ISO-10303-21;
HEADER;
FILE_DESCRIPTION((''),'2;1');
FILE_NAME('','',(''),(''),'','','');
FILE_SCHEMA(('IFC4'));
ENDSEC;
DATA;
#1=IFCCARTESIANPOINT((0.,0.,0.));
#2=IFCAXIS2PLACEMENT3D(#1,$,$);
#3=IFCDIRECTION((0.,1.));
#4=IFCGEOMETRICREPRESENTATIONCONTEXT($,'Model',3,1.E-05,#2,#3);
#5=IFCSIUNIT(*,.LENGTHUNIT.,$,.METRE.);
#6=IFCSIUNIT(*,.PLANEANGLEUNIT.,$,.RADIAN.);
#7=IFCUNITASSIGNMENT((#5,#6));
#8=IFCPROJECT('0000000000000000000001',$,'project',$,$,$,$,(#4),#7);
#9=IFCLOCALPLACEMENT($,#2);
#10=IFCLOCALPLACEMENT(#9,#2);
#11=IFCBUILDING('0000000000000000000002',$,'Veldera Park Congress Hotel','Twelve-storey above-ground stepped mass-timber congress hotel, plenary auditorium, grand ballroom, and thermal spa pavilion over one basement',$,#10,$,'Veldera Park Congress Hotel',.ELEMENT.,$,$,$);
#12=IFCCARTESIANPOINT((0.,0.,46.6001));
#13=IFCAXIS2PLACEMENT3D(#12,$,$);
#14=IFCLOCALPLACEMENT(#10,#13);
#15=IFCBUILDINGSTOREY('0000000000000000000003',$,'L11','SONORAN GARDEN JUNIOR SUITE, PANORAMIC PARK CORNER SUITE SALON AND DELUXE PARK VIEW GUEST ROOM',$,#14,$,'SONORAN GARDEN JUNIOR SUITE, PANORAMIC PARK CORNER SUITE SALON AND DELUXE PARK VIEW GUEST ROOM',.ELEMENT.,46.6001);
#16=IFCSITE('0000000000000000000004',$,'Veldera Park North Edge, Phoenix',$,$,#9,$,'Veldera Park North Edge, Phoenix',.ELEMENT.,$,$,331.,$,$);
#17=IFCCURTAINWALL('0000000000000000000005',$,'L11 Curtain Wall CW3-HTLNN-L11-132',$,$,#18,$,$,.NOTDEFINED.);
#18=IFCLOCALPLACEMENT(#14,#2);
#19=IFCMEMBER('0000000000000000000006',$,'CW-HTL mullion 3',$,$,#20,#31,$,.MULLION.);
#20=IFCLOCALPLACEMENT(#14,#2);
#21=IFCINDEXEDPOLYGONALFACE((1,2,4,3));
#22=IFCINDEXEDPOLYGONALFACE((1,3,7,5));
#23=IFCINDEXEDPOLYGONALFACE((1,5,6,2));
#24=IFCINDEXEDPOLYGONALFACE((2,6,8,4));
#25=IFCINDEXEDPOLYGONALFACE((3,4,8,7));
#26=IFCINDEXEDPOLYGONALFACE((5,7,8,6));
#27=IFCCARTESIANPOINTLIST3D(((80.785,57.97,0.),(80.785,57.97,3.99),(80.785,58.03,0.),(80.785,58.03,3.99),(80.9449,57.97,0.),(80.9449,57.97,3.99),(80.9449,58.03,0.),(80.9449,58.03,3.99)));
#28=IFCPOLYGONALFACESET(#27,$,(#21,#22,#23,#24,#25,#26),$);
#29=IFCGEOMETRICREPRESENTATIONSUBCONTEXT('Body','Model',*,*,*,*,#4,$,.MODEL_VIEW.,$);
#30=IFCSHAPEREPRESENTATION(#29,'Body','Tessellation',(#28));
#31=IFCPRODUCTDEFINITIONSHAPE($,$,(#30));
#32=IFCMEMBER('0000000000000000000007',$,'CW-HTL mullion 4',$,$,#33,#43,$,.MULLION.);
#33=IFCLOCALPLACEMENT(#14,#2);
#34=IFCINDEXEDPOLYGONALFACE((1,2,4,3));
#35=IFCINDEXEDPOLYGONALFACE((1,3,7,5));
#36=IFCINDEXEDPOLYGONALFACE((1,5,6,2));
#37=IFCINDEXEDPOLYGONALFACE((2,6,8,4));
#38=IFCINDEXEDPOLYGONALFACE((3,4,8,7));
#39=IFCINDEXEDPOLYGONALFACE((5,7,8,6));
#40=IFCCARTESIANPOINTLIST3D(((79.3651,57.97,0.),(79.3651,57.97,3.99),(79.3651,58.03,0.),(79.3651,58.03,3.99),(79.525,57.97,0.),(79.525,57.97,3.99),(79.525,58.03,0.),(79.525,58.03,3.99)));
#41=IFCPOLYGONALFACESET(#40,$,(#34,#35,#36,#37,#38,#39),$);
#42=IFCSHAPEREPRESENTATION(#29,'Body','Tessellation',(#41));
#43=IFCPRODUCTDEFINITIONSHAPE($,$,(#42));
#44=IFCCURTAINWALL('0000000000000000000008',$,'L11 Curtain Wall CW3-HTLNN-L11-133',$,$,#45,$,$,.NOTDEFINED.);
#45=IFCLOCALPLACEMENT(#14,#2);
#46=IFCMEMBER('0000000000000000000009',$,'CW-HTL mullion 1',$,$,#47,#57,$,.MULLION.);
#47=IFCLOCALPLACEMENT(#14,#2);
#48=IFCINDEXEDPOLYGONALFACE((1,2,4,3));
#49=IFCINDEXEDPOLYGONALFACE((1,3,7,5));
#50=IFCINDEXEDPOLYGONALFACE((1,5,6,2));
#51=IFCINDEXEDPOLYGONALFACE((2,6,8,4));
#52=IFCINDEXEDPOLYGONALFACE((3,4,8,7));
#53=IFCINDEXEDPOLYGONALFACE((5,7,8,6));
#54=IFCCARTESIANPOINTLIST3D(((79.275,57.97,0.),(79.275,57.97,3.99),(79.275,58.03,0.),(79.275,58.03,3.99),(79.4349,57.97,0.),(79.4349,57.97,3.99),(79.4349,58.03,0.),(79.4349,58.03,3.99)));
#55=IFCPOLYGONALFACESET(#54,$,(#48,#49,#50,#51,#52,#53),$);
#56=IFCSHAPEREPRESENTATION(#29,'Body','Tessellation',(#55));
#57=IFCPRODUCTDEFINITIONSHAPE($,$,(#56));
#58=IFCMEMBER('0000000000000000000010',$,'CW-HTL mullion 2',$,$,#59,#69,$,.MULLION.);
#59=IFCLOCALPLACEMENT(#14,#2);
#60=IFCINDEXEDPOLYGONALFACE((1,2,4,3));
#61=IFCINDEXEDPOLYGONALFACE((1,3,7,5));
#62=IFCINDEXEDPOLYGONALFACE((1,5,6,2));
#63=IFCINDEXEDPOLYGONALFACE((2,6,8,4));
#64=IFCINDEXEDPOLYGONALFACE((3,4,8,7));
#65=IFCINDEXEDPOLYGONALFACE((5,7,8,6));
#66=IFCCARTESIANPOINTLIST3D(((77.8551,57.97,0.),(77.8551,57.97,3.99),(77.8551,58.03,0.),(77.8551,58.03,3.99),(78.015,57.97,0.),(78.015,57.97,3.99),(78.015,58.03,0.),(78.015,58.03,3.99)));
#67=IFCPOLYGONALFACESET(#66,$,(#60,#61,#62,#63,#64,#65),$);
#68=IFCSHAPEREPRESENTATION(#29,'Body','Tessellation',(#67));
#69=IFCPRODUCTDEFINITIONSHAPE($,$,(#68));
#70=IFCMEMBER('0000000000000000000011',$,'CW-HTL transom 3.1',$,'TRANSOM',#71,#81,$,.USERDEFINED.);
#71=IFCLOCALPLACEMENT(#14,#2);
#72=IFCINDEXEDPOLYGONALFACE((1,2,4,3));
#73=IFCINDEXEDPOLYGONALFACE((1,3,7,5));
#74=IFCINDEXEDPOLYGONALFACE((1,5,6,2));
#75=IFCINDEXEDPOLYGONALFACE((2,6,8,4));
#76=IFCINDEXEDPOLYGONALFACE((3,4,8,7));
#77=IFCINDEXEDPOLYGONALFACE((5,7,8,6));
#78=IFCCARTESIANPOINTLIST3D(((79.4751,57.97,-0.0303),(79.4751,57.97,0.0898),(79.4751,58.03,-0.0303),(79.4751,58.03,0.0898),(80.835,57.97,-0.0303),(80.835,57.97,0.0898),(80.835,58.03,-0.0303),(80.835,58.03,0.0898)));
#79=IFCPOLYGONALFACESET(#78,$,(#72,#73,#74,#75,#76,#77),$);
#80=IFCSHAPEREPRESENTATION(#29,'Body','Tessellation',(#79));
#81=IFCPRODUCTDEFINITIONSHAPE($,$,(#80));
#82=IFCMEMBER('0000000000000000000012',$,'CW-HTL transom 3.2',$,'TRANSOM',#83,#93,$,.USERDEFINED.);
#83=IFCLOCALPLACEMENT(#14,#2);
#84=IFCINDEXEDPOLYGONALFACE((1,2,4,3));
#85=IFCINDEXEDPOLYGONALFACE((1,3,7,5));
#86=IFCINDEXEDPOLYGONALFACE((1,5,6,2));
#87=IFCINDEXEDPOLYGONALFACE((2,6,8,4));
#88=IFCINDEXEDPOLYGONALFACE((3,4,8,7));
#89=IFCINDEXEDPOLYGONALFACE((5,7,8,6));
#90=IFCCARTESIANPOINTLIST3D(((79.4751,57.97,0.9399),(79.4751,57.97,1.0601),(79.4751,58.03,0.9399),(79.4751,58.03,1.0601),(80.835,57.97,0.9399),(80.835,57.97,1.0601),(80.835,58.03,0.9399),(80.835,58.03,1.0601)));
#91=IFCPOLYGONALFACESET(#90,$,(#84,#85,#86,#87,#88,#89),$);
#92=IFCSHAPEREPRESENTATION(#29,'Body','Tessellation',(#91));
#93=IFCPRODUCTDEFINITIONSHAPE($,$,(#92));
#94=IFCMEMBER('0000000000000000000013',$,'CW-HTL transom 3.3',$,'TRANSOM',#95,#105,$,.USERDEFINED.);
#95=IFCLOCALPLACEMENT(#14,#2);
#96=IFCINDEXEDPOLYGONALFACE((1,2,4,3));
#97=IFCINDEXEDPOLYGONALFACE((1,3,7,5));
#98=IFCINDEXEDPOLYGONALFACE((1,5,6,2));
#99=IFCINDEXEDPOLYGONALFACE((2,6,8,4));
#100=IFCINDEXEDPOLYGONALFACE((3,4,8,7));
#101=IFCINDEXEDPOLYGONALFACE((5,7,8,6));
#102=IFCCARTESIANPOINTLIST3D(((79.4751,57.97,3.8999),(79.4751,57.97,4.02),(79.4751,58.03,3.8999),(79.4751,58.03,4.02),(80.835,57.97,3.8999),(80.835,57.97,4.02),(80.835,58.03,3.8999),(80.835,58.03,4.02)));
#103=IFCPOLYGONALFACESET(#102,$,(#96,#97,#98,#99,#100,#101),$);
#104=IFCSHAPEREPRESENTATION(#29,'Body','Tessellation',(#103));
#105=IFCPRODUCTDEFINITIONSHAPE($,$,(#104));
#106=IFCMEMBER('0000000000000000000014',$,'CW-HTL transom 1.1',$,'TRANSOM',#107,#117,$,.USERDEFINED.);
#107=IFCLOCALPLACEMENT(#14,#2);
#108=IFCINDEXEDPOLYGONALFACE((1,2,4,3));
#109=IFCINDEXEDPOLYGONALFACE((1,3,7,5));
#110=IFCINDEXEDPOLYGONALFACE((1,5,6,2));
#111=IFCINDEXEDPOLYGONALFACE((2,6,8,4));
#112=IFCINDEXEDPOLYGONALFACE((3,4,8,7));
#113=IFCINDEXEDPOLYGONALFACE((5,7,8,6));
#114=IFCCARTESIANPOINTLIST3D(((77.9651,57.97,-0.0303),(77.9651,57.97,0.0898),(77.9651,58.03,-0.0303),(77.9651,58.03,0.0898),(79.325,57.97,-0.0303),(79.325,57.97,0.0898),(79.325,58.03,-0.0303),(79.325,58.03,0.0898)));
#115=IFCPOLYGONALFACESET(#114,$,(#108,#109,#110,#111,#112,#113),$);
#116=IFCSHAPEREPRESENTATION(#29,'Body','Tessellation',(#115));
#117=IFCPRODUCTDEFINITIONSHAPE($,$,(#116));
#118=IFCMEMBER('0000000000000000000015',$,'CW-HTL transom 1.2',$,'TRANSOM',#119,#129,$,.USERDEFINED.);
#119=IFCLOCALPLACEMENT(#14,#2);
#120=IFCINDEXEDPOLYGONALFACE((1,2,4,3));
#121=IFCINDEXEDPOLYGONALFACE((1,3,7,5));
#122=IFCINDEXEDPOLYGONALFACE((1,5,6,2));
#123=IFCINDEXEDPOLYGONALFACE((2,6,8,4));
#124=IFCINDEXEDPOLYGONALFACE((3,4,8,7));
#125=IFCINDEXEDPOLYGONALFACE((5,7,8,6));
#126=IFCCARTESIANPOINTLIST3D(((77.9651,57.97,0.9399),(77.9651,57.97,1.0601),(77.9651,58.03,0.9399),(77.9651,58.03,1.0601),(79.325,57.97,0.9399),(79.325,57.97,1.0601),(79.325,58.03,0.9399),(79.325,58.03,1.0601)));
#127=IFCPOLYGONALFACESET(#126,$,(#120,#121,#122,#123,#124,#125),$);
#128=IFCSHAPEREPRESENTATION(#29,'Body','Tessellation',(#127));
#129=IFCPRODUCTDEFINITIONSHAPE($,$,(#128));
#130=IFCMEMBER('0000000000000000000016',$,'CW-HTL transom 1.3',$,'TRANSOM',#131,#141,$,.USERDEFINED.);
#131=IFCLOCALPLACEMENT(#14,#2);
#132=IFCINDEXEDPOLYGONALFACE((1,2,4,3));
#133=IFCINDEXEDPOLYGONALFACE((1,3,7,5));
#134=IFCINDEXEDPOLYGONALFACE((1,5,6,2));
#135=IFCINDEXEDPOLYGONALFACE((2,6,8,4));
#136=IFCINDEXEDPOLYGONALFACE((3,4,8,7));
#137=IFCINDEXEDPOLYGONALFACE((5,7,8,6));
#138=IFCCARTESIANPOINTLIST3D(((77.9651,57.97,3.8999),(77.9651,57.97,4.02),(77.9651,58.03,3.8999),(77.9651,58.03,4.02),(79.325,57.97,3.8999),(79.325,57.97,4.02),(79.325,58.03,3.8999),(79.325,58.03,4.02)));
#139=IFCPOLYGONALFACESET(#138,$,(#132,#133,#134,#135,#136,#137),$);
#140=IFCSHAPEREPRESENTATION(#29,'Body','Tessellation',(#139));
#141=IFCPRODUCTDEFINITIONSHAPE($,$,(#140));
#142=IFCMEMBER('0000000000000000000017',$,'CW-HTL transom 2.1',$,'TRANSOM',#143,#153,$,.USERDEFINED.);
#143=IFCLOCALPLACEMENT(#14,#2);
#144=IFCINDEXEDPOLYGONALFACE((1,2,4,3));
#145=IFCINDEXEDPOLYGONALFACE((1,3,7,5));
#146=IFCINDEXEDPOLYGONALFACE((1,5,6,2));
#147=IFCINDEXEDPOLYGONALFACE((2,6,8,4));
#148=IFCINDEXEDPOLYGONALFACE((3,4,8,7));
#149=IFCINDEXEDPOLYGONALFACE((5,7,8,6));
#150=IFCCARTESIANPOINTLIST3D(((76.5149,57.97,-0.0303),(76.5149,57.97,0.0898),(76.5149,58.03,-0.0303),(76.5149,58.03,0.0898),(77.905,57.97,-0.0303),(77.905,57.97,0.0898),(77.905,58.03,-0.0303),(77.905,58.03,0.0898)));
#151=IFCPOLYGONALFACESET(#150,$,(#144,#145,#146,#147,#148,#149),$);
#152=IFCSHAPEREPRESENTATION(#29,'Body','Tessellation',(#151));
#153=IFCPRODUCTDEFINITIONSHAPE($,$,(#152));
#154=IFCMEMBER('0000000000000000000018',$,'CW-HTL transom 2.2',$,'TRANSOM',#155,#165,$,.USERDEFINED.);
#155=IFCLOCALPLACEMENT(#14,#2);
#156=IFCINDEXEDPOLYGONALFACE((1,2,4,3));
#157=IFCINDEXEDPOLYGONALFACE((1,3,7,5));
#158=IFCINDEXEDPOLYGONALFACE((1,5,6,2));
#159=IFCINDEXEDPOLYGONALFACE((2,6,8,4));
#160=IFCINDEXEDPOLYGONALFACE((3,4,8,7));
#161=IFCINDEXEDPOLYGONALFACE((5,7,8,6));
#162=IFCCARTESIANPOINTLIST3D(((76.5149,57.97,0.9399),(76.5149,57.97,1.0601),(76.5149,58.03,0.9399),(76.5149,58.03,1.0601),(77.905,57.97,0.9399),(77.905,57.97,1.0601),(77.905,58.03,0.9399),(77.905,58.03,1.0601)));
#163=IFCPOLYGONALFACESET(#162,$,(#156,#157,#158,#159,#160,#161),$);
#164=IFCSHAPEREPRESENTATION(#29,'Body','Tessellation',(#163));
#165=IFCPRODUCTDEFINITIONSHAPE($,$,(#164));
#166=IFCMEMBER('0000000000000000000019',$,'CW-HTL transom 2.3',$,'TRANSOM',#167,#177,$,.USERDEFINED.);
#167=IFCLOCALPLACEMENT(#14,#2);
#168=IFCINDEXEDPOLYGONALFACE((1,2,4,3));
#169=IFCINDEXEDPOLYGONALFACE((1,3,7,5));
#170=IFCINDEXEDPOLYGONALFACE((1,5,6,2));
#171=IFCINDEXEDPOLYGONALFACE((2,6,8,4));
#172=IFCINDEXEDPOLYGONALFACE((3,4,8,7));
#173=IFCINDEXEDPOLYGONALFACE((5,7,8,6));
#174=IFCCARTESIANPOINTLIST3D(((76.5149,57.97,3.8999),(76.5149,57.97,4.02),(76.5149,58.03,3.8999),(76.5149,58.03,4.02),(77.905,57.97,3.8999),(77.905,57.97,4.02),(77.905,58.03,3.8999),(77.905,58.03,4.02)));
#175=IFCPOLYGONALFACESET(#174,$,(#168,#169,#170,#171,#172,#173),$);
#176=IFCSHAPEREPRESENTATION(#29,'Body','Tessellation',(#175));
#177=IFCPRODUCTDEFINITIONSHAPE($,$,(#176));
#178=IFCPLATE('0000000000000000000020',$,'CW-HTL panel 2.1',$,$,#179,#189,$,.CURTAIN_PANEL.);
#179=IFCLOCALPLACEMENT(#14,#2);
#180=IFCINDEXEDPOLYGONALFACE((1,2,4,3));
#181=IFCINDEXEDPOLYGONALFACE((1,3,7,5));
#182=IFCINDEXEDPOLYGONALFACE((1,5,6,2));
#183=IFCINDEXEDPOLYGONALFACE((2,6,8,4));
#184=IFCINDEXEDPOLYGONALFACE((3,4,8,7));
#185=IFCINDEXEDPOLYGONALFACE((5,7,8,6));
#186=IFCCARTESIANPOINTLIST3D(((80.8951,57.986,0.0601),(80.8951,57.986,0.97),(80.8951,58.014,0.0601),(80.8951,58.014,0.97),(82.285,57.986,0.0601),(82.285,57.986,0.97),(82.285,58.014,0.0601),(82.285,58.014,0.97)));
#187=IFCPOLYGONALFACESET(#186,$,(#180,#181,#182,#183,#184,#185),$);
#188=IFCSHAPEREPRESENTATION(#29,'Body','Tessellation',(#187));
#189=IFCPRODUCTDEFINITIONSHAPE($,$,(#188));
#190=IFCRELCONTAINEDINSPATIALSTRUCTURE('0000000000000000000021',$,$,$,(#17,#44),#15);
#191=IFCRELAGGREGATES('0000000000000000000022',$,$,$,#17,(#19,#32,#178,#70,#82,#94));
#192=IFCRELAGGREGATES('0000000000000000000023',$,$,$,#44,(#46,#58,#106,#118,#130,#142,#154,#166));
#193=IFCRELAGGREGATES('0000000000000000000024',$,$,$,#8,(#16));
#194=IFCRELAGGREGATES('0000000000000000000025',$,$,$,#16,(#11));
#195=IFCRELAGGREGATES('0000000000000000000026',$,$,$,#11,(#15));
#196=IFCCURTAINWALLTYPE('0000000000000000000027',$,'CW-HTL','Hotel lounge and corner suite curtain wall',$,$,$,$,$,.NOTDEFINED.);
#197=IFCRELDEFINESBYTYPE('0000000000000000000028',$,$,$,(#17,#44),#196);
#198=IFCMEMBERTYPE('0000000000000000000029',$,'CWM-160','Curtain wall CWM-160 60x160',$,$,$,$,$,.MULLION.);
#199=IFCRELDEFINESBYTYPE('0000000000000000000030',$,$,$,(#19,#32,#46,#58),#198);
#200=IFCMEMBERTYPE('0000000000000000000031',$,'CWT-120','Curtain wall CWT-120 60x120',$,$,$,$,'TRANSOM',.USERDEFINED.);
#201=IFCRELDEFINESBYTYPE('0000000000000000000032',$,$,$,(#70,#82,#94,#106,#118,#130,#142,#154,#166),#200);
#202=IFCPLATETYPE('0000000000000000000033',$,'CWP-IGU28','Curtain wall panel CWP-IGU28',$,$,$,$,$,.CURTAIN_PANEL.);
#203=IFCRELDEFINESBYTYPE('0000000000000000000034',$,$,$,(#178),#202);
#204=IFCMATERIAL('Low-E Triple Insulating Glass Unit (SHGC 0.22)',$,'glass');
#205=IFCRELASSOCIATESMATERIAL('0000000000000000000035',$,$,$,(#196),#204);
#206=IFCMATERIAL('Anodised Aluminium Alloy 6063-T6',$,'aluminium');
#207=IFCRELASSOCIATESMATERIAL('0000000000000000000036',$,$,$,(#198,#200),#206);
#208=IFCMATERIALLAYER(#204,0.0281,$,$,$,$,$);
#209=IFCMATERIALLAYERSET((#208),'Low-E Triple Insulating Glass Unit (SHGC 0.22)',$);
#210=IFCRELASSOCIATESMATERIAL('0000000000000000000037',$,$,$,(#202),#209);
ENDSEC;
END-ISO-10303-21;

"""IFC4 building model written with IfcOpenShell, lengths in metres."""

from ifc_helpers import new_model, si_unit, direction, frame, origin, origin_2d, place, context, subcontext, project, spatial, rectangle, extrude, material, layer, layer_set, material_profile, profile_set, type_object, element, aggregate, save


model = new_model("IFC4")

# Units and contexts
model_context = context("Model", 3, precision=1e-05, world=origin(), true_north=direction((0.0, 1.0)))
body_context = subcontext(model_context, "Body", "Model", "MODEL_VIEW")
ifc_project = project(units=[si_unit("LENGTHUNIT", "METRE"), si_unit("PLANEANGLEUNIT", "RADIAN")], contexts=[model_context])

# Site, building, storey
site_placement = place(None, origin())
site = spatial("IfcSite", under=ifc_project, at=site_placement, Name="Veldera Park North Edge, Phoenix", LongName="Veldera Park North Edge, Phoenix", CompositionType="ELEMENT", RefElevation=331.0)
building_placement = place(site_placement, origin())
building = spatial("IfcBuilding", under=site, at=building_placement, Name="Veldera Park Congress Hotel", Description="Twelve-storey above-ground stepped mass-timber congress hotel, plenary auditorium, grand ballroom, and thermal spa pavilion over one basement", LongName="Veldera Park Congress Hotel", CompositionType="ELEMENT")
storey_placement = place(building_placement, frame((0.0, 0.0, 46.6001)))
storey = spatial("IfcBuildingStorey", under=building, at=storey_placement, Name="L11", Description="SONORAN GARDEN JUNIOR SUITE, PANORAMIC PARK CORNER SUITE SALON AND DELUXE PARK VIEW GUEST ROOM", LongName="SONORAN GARDEN JUNIOR SUITE, PANORAMIC PARK CORNER SUITE SALON AND DELUXE PARK VIEW GUEST ROOM", CompositionType="ELEMENT", Elevation=46.6001)

# Curtain walls, members
ifc_material_1 = material(Name="Low-E Triple Insulating Glass Unit (SHGC 0.22)", Category="glass")
curtain_wall_type = type_object("IfcCurtainWallType", Name="CW-HTL", Description="Hotel lounge and corner suite curtain wall", PredefinedType="NOTDEFINED", material=ifc_material_1)
curtain_wall_1_placement = place(storey_placement, origin())
curtain_wall_1 = element("IfcCurtainWall", 1, at=curtain_wall_1_placement, inside=storey, type_object=curtain_wall_type, Name="L11 Curtain Wall CW3-HTLNN-L11-132", PredefinedType="NOTDEFINED")
ifc_material_2 = material(Name="Anodised Aluminium Alloy 6063-T6", Category="aluminium")
ifc_material_profile_1 = material_profile(ifc_material_2, rectangle(XDim=0.0601, YDim=0.1599, at=origin_2d()), Name="ALU 60x160")
ifc_profile_set_1 = profile_set([ifc_material_profile_1], Name="Anodised Aluminium Alloy 6063-T6")
member_type_1 = type_object("IfcMemberType", Name="CWM-160", Description="Curtain wall CWM-160 60x160", PredefinedType="MULLION", material=ifc_profile_set_1)
member_1_placement = place(storey_placement, frame((80.865, 58.0, 0.0), z_axis=(0.0, 0.0, 1.0), x_axis=(0.0, -1.0, 0.0)))
member_1 = element("IfcMember", 2, at=member_1_placement, type_object=member_type_1, Name="CW-HTL mullion 3", PredefinedType="MULLION", context=body_context, shape_type="SweptSolid", body=[
    extrude(rectangle(XDim=0.0601, YDim=0.1599, at=origin_2d()), origin(), (0.0, 0.0, 1.0), 3.99),
])
member_2_placement = place(storey_placement, frame((79.4451, 58.0, 0.0), z_axis=(0.0, 0.0, 1.0), x_axis=(0.0, -1.0, 0.0)))
member_2 = element("IfcMember", 3, at=member_2_placement, type_object=member_type_1, Name="CW-HTL mullion 4", PredefinedType="MULLION", context=body_context, shape_type="SweptSolid", body=[
    extrude(rectangle(XDim=0.0601, YDim=0.1599, at=origin_2d()), origin(), (0.0, 0.0, 1.0), 3.99),
])
curtain_wall_2_placement = place(storey_placement, origin())
curtain_wall_2 = element("IfcCurtainWall", 4, at=curtain_wall_2_placement, inside=storey, type_object=curtain_wall_type, Name="L11 Curtain Wall CW3-HTLNN-L11-133", PredefinedType="NOTDEFINED")
member_3_placement = place(storey_placement, frame((79.355, 58.0, 0.0), z_axis=(0.0, 0.0, 1.0), x_axis=(0.0, -1.0, 0.0)))
member_3 = element("IfcMember", 5, at=member_3_placement, type_object=member_type_1, Name="CW-HTL mullion 1", PredefinedType="MULLION", context=body_context, shape_type="SweptSolid", body=[
    extrude(rectangle(XDim=0.0601, YDim=0.1599, at=origin_2d()), origin(), (0.0, 0.0, 1.0), 3.99),
])
member_4_placement = place(storey_placement, frame((77.9351, 58.0, 0.0), z_axis=(0.0, 0.0, 1.0), x_axis=(0.0, -1.0, 0.0)))
member_4 = element("IfcMember", 6, at=member_4_placement, type_object=member_type_1, Name="CW-HTL mullion 2", PredefinedType="MULLION", context=body_context, shape_type="SweptSolid", body=[
    extrude(rectangle(XDim=0.0601, YDim=0.1599, at=origin_2d()), origin(), (0.0, 0.0, 1.0), 3.99),
])

# Members
ifc_material_profile_2 = material_profile(ifc_material_2, rectangle(XDim=0.0601, YDim=0.1201, at=origin_2d()), Name="ALU 60x120")
ifc_profile_set_2 = profile_set([ifc_material_profile_2], Name="Anodised Aluminium Alloy 6063-T6")
member_type_2 = type_object("IfcMemberType", Name="CWT-120", Description="Curtain wall CWT-120 60x120", ElementType="TRANSOM", PredefinedType="USERDEFINED", material=ifc_profile_set_2)
member_5_placement = place(storey_placement, frame((80.835, 58.0, 0.0298), z_axis=(-1.0, 0.0, 0.0), x_axis=(0.0, -1.0, 0.0)))
member_5 = element("IfcMember", 7, at=member_5_placement, type_object=member_type_2, Name="CW-HTL transom 3.1", ObjectType="TRANSOM", PredefinedType="USERDEFINED", context=body_context, shape_type="SweptSolid", body=[
    extrude(rectangle(XDim=0.0601, YDim=0.1201, at=origin_2d()), origin(), (0.0, 0.0, 1.0), 1.3599),
])
member_6_placement = place(storey_placement, frame((80.835, 58.0, 1.0), z_axis=(-1.0, 0.0, 0.0), x_axis=(0.0, -1.0, 0.0)))
member_6 = element("IfcMember", 8, at=member_6_placement, type_object=member_type_2, Name="CW-HTL transom 3.2", ObjectType="TRANSOM", PredefinedType="USERDEFINED", context=body_context, shape_type="SweptSolid", body=[
    extrude(rectangle(XDim=0.0601, YDim=0.1201, at=origin_2d()), origin(), (0.0, 0.0, 1.0), 1.3599),
])
member_7_placement = place(storey_placement, frame((80.835, 58.0, 3.96), z_axis=(-1.0, 0.0, 0.0), x_axis=(0.0, -1.0, 0.0)))
member_7 = element("IfcMember", 9, at=member_7_placement, type_object=member_type_2, Name="CW-HTL transom 3.3", ObjectType="TRANSOM", PredefinedType="USERDEFINED", context=body_context, shape_type="SweptSolid", body=[
    extrude(rectangle(XDim=0.0601, YDim=0.1201, at=origin_2d()), origin(), (0.0, 0.0, 1.0), 1.3599),
])
member_8_placement = place(storey_placement, frame((79.325, 58.0, 0.0298), z_axis=(-1.0, 0.0, 0.0), x_axis=(0.0, -1.0, 0.0)))
member_8 = element("IfcMember", 10, at=member_8_placement, type_object=member_type_2, Name="CW-HTL transom 1.1", ObjectType="TRANSOM", PredefinedType="USERDEFINED", context=body_context, shape_type="SweptSolid", body=[
    extrude(rectangle(XDim=0.0601, YDim=0.1201, at=origin_2d()), origin(), (0.0, 0.0, 1.0), 1.3599),
])
member_9_placement = place(storey_placement, frame((79.325, 58.0, 1.0), z_axis=(-1.0, 0.0, 0.0), x_axis=(0.0, -1.0, 0.0)))
member_9 = element("IfcMember", 11, at=member_9_placement, type_object=member_type_2, Name="CW-HTL transom 1.2", ObjectType="TRANSOM", PredefinedType="USERDEFINED", context=body_context, shape_type="SweptSolid", body=[
    extrude(rectangle(XDim=0.0601, YDim=0.1201, at=origin_2d()), origin(), (0.0, 0.0, 1.0), 1.3599),
])
member_10_placement = place(storey_placement, frame((79.325, 58.0, 3.96), z_axis=(-1.0, 0.0, 0.0), x_axis=(0.0, -1.0, 0.0)))
member_10 = element("IfcMember", 12, at=member_10_placement, type_object=member_type_2, Name="CW-HTL transom 1.3", ObjectType="TRANSOM", PredefinedType="USERDEFINED", context=body_context, shape_type="SweptSolid", body=[
    extrude(rectangle(XDim=0.0601, YDim=0.1201, at=origin_2d()), origin(), (0.0, 0.0, 1.0), 1.3599),
])
member_11_placement = place(storey_placement, frame((77.905, 58.0, 0.0298), z_axis=(-1.0, 0.0, 0.0), x_axis=(0.0, -1.0, 0.0)))
member_11 = element("IfcMember", 13, at=member_11_placement, type_object=member_type_2, Name="CW-HTL transom 2.1", ObjectType="TRANSOM", PredefinedType="USERDEFINED", context=body_context, shape_type="SweptSolid", body=[
    extrude(rectangle(XDim=0.0601, YDim=0.1201, at=origin_2d()), origin(), (0.0, 0.0, 1.0), 1.3901),
])
member_12_placement = place(storey_placement, frame((77.905, 58.0, 1.0), z_axis=(-1.0, 0.0, 0.0), x_axis=(0.0, -1.0, 0.0)))
member_12 = element("IfcMember", 14, at=member_12_placement, type_object=member_type_2, Name="CW-HTL transom 2.2", ObjectType="TRANSOM", PredefinedType="USERDEFINED", context=body_context, shape_type="SweptSolid", body=[
    extrude(rectangle(XDim=0.0601, YDim=0.1201, at=origin_2d()), origin(), (0.0, 0.0, 1.0), 1.3901),
])
member_13_placement = place(storey_placement, frame((77.905, 58.0, 3.96), z_axis=(-1.0, 0.0, 0.0), x_axis=(0.0, -1.0, 0.0)))
member_13 = element("IfcMember", 15, at=member_13_placement, type_object=member_type_2, Name="CW-HTL transom 2.3", ObjectType="TRANSOM", PredefinedType="USERDEFINED", context=body_context, shape_type="SweptSolid", body=[
    extrude(rectangle(XDim=0.0601, YDim=0.1201, at=origin_2d()), origin(), (0.0, 0.0, 1.0), 1.3901),
])

# Plate
ifc_layer_1 = layer(ifc_material_1, 0.0281)
ifc_layer_set_1 = layer_set([ifc_layer_1], Name="Low-E Triple Insulating Glass Unit (SHGC 0.22)")
plate_type = type_object("IfcPlateType", Name="CWP-IGU28", Description="Curtain wall panel CWP-IGU28", PredefinedType="CURTAIN_PANEL", material=ifc_layer_set_1)
plate_1_placement = place(storey_placement, frame((81.5901, 58.0, 0.0601), z_axis=(0.0, 0.0, 1.0), x_axis=(-1.0, 0.0, 0.0)))
plate_1 = element("IfcPlate", 16, at=plate_1_placement, type_object=plate_type, Name="CW-HTL panel 2.1", PredefinedType="CURTAIN_PANEL", context=body_context, shape_type="SweptSolid", body=[
    extrude(rectangle(XDim=1.3899, YDim=0.0281, at=origin_2d()), origin(), (0.0, 0.0, 1.0), 0.9099),
])
aggregate(curtain_wall_1, [member_1, member_2, plate_1, member_5, member_6, member_7])
aggregate(curtain_wall_2, [member_3, member_4, member_8, member_9, member_10, member_11, member_12, member_13])

save(model, "model.ifc")
